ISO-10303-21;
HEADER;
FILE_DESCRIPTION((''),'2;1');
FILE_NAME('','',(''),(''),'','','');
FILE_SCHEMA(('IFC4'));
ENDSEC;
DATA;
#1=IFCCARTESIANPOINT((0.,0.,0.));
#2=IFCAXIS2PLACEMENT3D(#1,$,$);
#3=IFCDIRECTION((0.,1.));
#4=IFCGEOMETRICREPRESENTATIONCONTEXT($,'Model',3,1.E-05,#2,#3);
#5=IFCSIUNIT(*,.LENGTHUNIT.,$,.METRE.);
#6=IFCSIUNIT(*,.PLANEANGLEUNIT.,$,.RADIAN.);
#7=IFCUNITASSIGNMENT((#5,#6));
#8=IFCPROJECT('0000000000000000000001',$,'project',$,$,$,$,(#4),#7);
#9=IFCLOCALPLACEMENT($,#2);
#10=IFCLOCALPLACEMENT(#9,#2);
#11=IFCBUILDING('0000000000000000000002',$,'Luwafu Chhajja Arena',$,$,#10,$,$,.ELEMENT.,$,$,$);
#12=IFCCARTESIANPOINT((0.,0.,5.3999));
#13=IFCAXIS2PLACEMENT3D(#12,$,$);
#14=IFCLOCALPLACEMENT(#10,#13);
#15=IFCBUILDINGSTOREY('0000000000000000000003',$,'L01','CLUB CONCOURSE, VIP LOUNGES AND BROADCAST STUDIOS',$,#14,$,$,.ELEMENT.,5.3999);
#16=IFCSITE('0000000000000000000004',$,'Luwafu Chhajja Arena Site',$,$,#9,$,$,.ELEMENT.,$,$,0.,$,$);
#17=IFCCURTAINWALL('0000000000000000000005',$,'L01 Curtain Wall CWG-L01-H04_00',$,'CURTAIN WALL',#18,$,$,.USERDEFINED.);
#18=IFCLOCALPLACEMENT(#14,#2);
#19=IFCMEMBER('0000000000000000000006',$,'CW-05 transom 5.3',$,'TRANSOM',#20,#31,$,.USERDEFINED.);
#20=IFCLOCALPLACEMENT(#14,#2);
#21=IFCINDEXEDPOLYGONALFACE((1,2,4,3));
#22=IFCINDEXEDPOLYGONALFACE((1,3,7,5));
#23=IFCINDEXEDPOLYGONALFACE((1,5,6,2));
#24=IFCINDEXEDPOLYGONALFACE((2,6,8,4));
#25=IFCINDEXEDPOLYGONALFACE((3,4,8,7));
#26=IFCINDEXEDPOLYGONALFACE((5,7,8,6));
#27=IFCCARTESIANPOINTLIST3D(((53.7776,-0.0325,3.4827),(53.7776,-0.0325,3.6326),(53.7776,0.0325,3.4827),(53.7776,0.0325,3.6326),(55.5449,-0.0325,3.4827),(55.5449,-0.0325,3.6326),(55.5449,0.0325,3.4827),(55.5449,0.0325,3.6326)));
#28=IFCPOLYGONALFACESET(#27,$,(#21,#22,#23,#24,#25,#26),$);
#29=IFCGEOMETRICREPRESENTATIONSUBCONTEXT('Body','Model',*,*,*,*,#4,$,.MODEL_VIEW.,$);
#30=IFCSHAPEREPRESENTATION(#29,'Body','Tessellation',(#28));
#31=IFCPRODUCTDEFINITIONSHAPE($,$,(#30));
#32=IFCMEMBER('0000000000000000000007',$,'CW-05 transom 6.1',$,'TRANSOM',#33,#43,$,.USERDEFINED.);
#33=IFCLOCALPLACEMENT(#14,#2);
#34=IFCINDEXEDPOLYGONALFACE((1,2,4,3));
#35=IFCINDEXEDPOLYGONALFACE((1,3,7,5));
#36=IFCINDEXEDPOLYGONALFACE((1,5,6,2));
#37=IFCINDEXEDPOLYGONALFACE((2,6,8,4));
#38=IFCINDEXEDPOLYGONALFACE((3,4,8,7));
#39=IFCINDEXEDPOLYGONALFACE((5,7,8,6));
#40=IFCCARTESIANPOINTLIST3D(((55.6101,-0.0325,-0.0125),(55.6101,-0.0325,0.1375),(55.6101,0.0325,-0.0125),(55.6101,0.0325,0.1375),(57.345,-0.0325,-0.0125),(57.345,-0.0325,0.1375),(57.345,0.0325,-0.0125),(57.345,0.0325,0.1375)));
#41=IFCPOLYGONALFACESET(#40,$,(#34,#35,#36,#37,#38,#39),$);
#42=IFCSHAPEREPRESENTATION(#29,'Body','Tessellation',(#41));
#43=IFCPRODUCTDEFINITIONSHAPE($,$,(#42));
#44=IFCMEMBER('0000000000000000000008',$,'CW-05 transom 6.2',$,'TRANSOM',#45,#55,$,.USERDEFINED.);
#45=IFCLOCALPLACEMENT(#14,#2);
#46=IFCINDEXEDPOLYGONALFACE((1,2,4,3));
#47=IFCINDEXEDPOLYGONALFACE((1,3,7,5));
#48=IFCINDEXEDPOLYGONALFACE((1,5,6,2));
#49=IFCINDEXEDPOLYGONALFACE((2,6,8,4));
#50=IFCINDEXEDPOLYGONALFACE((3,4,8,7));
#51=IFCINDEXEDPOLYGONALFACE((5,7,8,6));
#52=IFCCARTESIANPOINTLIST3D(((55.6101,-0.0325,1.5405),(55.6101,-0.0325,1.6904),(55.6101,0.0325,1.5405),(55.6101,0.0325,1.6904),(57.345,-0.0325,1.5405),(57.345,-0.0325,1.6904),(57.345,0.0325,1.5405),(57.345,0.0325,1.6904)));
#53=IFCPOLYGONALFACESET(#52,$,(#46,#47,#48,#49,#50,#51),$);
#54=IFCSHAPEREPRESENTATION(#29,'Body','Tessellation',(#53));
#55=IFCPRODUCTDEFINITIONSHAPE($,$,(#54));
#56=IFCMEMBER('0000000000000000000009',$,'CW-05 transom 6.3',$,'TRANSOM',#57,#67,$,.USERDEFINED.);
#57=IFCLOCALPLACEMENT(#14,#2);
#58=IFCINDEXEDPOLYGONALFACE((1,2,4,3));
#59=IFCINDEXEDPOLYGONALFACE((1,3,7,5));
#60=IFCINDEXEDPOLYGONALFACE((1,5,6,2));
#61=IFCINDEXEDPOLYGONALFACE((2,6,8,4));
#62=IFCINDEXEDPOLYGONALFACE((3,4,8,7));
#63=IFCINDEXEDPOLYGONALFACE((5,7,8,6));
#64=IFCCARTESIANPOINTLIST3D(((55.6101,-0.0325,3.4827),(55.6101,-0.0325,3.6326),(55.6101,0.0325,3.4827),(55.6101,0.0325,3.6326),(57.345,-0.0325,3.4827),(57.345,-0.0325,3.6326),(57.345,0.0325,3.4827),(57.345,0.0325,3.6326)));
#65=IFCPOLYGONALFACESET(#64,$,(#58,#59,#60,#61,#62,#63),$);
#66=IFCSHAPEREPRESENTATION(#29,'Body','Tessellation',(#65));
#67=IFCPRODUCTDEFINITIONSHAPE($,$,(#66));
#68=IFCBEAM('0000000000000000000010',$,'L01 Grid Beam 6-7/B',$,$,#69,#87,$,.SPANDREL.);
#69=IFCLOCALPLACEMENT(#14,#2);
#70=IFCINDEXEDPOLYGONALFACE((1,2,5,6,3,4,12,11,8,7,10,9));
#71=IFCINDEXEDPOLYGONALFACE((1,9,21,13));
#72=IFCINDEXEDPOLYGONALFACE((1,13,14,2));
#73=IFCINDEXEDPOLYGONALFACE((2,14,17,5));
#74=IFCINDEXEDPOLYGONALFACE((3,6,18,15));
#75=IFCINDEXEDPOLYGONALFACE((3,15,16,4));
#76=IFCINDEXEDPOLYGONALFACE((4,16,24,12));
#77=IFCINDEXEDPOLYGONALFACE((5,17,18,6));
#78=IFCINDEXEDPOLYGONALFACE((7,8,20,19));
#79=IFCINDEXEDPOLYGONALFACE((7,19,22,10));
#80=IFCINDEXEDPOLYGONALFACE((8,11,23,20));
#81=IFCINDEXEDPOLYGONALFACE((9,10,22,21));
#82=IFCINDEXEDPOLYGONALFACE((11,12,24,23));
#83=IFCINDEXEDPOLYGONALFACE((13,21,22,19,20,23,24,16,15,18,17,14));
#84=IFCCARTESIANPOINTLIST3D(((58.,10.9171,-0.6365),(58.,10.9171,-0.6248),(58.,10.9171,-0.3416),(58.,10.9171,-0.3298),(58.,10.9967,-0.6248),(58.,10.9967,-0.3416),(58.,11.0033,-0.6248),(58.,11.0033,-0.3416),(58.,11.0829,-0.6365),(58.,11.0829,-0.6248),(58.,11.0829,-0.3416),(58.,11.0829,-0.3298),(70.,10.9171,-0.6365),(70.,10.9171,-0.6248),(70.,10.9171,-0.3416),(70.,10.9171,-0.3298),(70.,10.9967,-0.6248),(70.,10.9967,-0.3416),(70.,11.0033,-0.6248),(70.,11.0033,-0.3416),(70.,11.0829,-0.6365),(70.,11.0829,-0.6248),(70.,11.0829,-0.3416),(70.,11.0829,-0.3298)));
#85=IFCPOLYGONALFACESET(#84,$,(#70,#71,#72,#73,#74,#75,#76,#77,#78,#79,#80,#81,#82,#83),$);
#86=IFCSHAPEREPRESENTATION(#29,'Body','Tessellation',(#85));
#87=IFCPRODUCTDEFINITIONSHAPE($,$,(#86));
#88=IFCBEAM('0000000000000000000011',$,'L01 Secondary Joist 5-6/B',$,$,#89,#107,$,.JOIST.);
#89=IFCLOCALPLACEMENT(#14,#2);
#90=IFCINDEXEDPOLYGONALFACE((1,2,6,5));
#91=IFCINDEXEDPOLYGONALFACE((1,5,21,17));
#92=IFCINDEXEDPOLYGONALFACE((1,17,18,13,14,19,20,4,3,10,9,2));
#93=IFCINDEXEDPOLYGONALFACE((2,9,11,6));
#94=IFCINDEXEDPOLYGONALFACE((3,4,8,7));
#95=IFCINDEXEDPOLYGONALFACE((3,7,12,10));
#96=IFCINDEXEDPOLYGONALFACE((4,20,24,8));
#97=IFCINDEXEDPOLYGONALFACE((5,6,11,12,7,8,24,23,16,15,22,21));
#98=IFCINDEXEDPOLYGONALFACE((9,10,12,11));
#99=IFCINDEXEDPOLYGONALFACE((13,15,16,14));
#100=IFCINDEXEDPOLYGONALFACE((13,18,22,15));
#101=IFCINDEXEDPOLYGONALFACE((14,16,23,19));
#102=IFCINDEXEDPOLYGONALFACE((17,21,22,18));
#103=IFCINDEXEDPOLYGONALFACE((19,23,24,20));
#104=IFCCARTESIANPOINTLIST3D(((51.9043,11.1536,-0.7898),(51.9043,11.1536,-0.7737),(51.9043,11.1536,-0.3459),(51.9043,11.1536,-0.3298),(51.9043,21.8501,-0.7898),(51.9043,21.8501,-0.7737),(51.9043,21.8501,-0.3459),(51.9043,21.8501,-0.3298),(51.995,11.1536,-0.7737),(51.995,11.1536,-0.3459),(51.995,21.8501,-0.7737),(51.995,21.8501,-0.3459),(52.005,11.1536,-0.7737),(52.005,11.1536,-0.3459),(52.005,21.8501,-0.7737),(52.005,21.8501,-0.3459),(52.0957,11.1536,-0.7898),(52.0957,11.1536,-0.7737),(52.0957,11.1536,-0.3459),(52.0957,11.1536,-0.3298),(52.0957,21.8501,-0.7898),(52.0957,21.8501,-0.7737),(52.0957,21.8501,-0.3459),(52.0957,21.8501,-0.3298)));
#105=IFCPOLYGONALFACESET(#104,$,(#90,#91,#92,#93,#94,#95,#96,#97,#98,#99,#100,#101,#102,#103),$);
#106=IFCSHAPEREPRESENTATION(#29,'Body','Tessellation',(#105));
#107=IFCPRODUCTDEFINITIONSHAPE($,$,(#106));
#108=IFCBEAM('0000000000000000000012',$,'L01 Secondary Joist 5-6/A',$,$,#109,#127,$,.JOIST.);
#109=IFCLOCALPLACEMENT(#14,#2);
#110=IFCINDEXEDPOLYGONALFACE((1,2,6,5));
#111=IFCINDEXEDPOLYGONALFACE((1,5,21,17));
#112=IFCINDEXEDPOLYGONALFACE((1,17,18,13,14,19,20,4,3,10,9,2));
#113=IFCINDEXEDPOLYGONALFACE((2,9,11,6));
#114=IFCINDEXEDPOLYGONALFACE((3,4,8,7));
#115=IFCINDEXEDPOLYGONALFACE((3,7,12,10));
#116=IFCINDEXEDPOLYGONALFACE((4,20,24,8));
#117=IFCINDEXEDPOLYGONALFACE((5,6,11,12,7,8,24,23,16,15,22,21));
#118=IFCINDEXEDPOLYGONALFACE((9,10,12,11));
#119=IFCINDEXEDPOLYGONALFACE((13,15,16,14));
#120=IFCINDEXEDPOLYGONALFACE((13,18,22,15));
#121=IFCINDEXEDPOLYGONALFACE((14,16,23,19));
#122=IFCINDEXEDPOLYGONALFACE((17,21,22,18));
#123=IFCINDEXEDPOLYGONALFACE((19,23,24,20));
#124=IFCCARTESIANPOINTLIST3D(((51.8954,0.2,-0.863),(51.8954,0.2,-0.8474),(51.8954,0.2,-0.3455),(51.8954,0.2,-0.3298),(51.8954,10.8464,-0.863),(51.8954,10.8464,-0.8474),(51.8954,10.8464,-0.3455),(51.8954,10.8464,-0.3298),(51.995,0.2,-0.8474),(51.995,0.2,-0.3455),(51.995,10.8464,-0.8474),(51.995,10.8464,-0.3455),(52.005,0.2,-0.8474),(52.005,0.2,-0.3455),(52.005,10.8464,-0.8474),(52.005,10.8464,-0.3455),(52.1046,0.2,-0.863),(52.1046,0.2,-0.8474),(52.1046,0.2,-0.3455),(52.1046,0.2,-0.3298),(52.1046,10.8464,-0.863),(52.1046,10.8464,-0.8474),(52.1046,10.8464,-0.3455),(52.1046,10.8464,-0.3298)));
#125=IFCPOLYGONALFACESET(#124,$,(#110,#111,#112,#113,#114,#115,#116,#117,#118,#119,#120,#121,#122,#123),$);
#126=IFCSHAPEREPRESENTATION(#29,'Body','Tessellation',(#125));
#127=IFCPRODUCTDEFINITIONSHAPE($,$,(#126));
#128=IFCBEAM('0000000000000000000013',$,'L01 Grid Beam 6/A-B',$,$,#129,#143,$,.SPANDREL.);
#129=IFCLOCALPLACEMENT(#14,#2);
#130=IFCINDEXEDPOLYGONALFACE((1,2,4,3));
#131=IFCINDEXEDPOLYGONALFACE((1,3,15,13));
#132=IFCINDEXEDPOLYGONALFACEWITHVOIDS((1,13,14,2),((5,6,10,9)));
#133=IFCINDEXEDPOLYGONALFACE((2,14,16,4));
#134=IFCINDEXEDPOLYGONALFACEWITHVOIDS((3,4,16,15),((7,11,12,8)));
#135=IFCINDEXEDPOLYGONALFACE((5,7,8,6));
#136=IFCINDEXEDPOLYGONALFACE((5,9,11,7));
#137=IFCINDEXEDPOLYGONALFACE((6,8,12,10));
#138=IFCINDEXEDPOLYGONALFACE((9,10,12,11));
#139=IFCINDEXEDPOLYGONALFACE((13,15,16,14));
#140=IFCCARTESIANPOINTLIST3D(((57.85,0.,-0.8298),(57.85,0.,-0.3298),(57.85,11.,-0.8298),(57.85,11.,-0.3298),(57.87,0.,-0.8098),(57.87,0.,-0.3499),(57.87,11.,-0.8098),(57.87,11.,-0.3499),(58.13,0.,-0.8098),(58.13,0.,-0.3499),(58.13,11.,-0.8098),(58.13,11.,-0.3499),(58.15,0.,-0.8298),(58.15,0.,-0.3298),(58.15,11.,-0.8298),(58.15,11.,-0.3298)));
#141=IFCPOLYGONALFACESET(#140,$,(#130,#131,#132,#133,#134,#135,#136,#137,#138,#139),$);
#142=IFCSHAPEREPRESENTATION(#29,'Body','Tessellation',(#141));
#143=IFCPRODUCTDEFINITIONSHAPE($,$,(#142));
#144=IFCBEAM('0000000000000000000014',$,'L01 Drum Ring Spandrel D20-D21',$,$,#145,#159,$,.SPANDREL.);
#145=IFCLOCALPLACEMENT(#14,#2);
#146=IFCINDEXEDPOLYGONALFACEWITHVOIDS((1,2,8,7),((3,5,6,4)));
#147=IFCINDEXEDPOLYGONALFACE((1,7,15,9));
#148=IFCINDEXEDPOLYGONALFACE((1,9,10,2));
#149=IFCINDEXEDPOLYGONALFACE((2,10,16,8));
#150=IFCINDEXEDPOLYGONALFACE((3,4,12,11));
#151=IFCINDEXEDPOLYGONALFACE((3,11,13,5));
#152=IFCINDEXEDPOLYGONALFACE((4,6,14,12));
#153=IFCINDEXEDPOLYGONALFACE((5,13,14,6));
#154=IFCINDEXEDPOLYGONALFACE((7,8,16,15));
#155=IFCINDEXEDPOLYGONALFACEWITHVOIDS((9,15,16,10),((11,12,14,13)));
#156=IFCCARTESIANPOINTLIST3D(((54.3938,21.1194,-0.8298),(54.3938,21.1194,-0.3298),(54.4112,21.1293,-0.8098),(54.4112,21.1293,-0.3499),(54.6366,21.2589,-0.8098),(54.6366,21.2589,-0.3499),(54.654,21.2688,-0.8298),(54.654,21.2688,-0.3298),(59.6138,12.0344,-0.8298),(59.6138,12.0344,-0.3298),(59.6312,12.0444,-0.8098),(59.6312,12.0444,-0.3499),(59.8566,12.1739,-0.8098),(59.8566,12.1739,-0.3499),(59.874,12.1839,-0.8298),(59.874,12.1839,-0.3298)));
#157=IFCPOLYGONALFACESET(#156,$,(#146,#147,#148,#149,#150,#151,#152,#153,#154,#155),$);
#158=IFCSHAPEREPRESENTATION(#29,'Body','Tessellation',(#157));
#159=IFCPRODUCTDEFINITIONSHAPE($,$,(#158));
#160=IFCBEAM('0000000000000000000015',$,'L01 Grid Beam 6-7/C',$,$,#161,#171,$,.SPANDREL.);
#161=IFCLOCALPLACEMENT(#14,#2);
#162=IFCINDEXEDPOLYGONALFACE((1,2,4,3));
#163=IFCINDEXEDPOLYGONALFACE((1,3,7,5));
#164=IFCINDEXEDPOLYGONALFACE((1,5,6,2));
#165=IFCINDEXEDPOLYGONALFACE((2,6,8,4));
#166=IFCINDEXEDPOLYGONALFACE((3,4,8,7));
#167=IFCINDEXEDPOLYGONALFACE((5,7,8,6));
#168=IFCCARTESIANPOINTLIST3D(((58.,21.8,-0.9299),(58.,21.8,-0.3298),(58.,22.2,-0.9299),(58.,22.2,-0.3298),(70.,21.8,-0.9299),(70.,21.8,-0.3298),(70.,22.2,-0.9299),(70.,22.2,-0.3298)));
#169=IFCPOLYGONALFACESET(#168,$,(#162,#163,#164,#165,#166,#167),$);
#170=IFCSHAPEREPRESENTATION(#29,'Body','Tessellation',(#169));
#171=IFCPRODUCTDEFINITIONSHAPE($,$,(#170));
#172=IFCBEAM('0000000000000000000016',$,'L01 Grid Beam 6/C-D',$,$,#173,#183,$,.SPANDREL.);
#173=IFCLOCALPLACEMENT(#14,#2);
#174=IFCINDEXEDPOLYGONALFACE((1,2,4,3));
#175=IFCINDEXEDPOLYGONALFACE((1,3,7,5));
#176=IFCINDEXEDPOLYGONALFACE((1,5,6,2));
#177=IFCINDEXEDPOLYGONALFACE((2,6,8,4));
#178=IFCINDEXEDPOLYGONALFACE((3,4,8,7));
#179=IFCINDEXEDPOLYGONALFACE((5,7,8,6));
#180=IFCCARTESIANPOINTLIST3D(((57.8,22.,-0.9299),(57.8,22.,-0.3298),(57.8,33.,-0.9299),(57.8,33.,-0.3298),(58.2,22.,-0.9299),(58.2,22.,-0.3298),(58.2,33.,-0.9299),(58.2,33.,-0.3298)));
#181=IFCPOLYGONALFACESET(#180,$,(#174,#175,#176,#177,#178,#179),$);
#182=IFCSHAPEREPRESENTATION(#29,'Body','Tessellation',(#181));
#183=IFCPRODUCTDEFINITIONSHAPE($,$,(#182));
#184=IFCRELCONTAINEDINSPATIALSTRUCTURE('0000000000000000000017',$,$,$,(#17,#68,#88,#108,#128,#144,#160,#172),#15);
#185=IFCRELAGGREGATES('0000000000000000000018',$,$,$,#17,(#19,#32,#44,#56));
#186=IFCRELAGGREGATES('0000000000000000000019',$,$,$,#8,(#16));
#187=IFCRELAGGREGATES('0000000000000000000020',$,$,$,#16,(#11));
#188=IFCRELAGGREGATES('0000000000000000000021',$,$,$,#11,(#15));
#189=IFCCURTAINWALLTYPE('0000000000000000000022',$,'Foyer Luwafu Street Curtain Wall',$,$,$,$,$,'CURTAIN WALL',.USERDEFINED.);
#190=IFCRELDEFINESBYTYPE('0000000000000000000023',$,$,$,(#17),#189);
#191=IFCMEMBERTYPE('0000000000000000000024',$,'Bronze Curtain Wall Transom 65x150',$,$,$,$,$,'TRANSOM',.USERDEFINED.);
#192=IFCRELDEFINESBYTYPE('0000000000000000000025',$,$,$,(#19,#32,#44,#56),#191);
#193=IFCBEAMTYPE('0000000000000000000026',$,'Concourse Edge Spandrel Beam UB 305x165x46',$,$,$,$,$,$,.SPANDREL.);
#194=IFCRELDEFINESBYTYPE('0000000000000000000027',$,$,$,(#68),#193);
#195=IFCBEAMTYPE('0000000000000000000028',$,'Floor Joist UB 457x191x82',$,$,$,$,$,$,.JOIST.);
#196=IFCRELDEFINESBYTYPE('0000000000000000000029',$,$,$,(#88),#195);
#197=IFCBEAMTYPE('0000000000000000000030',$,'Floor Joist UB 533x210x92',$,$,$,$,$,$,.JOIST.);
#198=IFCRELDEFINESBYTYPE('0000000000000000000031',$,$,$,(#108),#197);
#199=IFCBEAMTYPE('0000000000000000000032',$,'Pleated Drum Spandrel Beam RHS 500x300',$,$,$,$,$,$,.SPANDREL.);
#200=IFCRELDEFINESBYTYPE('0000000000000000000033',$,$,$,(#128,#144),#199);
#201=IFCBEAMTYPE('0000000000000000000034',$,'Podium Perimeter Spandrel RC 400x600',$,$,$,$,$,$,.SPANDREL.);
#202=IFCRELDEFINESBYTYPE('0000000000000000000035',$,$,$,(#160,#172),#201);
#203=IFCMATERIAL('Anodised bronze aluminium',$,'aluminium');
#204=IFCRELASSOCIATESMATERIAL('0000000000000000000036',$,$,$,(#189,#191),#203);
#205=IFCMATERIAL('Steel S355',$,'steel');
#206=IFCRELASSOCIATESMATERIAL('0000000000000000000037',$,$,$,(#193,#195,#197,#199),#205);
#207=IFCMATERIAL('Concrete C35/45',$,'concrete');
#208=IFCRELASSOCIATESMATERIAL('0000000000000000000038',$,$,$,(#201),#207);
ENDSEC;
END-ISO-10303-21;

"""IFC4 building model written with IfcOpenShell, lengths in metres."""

from ifc_helpers import new_model, si_unit, direction, frame, origin, origin_2d, place, context, subcontext, project, spatial, rectangle, hollow_rectangle, i_section, extrude, material, material_profile, profile_set, type_object, element, aggregate, save


model = new_model("IFC4")

# Units and contexts
model_context = context("Model", 3, precision=1e-05, world=origin(), true_north=direction((0.0, 1.0)))
body_context = subcontext(model_context, "Body", "Model", "MODEL_VIEW")
ifc_project = project(units=[si_unit("LENGTHUNIT", "METRE"), si_unit("PLANEANGLEUNIT", "RADIAN")], contexts=[model_context])

# Site, building, storey
site_placement = place(None, origin())
site = spatial("IfcSite", under=ifc_project, at=site_placement, Name="Luwafu Chhajja Arena Site", CompositionType="ELEMENT", RefElevation=0.0)
building_placement = place(site_placement, origin())
building = spatial("IfcBuilding", under=site, at=building_placement, Name="Luwafu Chhajja Arena", CompositionType="ELEMENT")
storey_placement = place(building_placement, frame((0.0, 0.0, 5.3999)))
storey = spatial("IfcBuildingStorey", under=building, at=storey_placement, Name="L01", Description="CLUB CONCOURSE, VIP LOUNGES AND BROADCAST STUDIOS", CompositionType="ELEMENT", Elevation=5.3999)

# Shared definitions
ifc_material_1 = material(Name="Concrete C35/45", Category="concrete")
ifc_material_2 = material(Name="Steel S355", Category="steel")

# Curtain wall, members
ifc_material_3 = material(Name="Anodised bronze aluminium", Category="aluminium")
curtain_wall_type = type_object("IfcCurtainWallType", Name="Foyer Luwafu Street Curtain Wall", ElementType="CURTAIN WALL", PredefinedType="USERDEFINED", material=ifc_material_3)
curtain_wall_placement = place(storey_placement, origin())
curtain_wall = element("IfcCurtainWall", 1, at=curtain_wall_placement, inside=storey, type_object=curtain_wall_type, Name="L01 Curtain Wall CWG-L01-H04_00", ObjectType="CURTAIN WALL", PredefinedType="USERDEFINED")
ifc_material_profile_1 = material_profile(ifc_material_3, rectangle(XDim=0.0649, YDim=0.1499, at=origin_2d()), Name="CWT 65x150")
ifc_profile_set_1 = profile_set([ifc_material_profile_1], Name="Anodised bronze aluminium")
member_type_1 = type_object("IfcMemberType", Name="Bronze Curtain Wall Transom 65x150", ElementType="TRANSOM", PredefinedType="USERDEFINED", material=ifc_profile_set_1)
member_1_placement = place(storey_placement, frame((53.7776, 0.0, 3.5576), z_axis=(1.0, 0.0, 0.0), x_axis=(0.0, 1.0, 0.0)))
member_1 = element("IfcMember", 2, at=member_1_placement, type_object=member_type_1, Name="CW-05 transom 5.3", ObjectType="TRANSOM", PredefinedType="USERDEFINED", context=body_context, shape_type="SweptSolid", body=[
    extrude(rectangle(XDim=0.0649, YDim=0.1499, at=origin_2d()), origin(), (0.0, 0.0, 1.0), 1.7673),
])
member_2_placement = place(storey_placement, frame((55.6101, 0.0, 0.0625), z_axis=(1.0, 0.0, 0.0), x_axis=(0.0, 1.0, 0.0)))
member_2 = element("IfcMember", 3, at=member_2_placement, type_object=member_type_1, Name="CW-05 transom 6.1", ObjectType="TRANSOM", PredefinedType="USERDEFINED", context=body_context, shape_type="SweptSolid", body=[
    extrude(rectangle(XDim=0.0649, YDim=0.1499, at=origin_2d()), origin(), (0.0, 0.0, 1.0), 1.7349),
])
member_3_placement = place(storey_placement, frame((55.6101, 0.0, 1.6155), z_axis=(1.0, 0.0, 0.0), x_axis=(0.0, 1.0, 0.0)))
member_3 = element("IfcMember", 4, at=member_3_placement, type_object=member_type_1, Name="CW-05 transom 6.2", ObjectType="TRANSOM", PredefinedType="USERDEFINED", context=body_context, shape_type="SweptSolid", body=[
    extrude(rectangle(XDim=0.0649, YDim=0.1499, at=origin_2d()), origin(), (0.0, 0.0, 1.0), 1.7349),
])
member_4_placement = place(storey_placement, frame((55.6101, 0.0, 3.5576), z_axis=(1.0, 0.0, 0.0), x_axis=(0.0, 1.0, 0.0)))
member_4 = element("IfcMember", 5, at=member_4_placement, type_object=member_type_1, Name="CW-05 transom 6.3", ObjectType="TRANSOM", PredefinedType="USERDEFINED", context=body_context, shape_type="SweptSolid", body=[
    extrude(rectangle(XDim=0.0649, YDim=0.1499, at=origin_2d()), origin(), (0.0, 0.0, 1.0), 1.7349),
])

# Beams
ifc_material_profile_2 = material_profile(ifc_material_2, i_section(OverallWidth=0.1658, OverallDepth=0.3066, WebThickness=0.0066, FlangeThickness=0.0117, at=origin_2d()), Name="UB 305x165x46")
ifc_profile_set_2 = profile_set([ifc_material_profile_2], Name="Steel S355")
beam_type_1 = type_object("IfcBeamType", Name="Concourse Edge Spandrel Beam UB 305x165x46", PredefinedType="SPANDREL", material=ifc_profile_set_2)
beam_1_placement = place(storey_placement, frame((58.0, 11.0, -0.4832), z_axis=(1.0, 0.0, 0.0), x_axis=(0.0, 1.0, 0.0)))
element("IfcBeam", 6, at=beam_1_placement, inside=storey, type_object=beam_type_1, Name="L01 Grid Beam 6-7/B", PredefinedType="SPANDREL", context=body_context, shape_type="SweptSolid", body=[
    extrude(i_section(OverallWidth=0.1658, OverallDepth=0.3066, WebThickness=0.0066, FlangeThickness=0.0117, at=origin_2d()), origin(), (0.0, 0.0, 1.0), 12.0),
])
ifc_material_profile_3 = material_profile(ifc_material_2, i_section(OverallWidth=0.1914, OverallDepth=0.46, WebThickness=0.01, FlangeThickness=0.0161, at=origin_2d()), Name="UB 457x191x82")
ifc_profile_set_3 = profile_set([ifc_material_profile_3], Name="Steel S355")
beam_type_2 = type_object("IfcBeamType", Name="Floor Joist UB 457x191x82", PredefinedType="JOIST", material=ifc_profile_set_3)
beam_2_placement = place(storey_placement, frame((52.0, 11.1536, -0.5598), z_axis=(0.0, 1.0, 0.0), x_axis=(-1.0, 0.0, 0.0)))
element("IfcBeam", 7, at=beam_2_placement, inside=storey, type_object=beam_type_2, Name="L01 Secondary Joist 5-6/B", PredefinedType="JOIST", context=body_context, shape_type="SweptSolid", body=[
    extrude(i_section(OverallWidth=0.1914, OverallDepth=0.46, WebThickness=0.01, FlangeThickness=0.0161, at=origin_2d()), origin(), (0.0, 0.0, 1.0), 10.6965),
])
ifc_material_profile_4 = material_profile(ifc_material_2, i_section(OverallWidth=0.2092, OverallDepth=0.5332, WebThickness=0.01, FlangeThickness=0.0156, at=origin_2d()), Name="UB 533x210x92")
ifc_profile_set_4 = profile_set([ifc_material_profile_4], Name="Steel S355")
beam_type_3 = type_object("IfcBeamType", Name="Floor Joist UB 533x210x92", PredefinedType="JOIST", material=ifc_profile_set_4)
beam_3_placement = place(storey_placement, frame((52.0, 0.2, -0.5964), z_axis=(0.0, 1.0, 0.0), x_axis=(-1.0, 0.0, 0.0)))
element("IfcBeam", 8, at=beam_3_placement, inside=storey, type_object=beam_type_3, Name="L01 Secondary Joist 5-6/A", PredefinedType="JOIST", context=body_context, shape_type="SweptSolid", body=[
    extrude(i_section(OverallWidth=0.2092, OverallDepth=0.5332, WebThickness=0.01, FlangeThickness=0.0156, at=origin_2d()), origin(), (0.0, 0.0, 1.0), 10.6465),
])
ifc_material_profile_5 = material_profile(ifc_material_2, hollow_rectangle(XDim=0.3, YDim=0.5, WallThickness=0.02, at=origin_2d()), Name="RHS 500x300x20")
ifc_profile_set_5 = profile_set([ifc_material_profile_5], Name="Steel S355")
beam_type_4 = type_object("IfcBeamType", Name="Pleated Drum Spandrel Beam RHS 500x300", PredefinedType="SPANDREL", material=ifc_profile_set_5)
beam_4_placement = place(storey_placement, frame((58.0, 0.0, -0.5798), z_axis=(0.0, 1.0, 0.0), x_axis=(-1.0, 0.0, 0.0)))
element("IfcBeam", 9, at=beam_4_placement, inside=storey, type_object=beam_type_4, Name="L01 Grid Beam 6/A-B", PredefinedType="SPANDREL", context=body_context, shape_type="SweptSolid", body=[
    extrude(hollow_rectangle(XDim=0.3, YDim=0.5, WallThickness=0.02, at=origin_2d()), origin(), (0.0, 0.0, 1.0), 11.0),
])
beam_5_placement = place(storey_placement, frame((54.5239, 21.1941, -0.5798), z_axis=(0.498193, -0.867066, 0.0), x_axis=(0.867066, 0.498193, 0.0)))
element("IfcBeam", 10, at=beam_5_placement, inside=storey, type_object=beam_type_4, Name="L01 Drum Ring Spandrel D20-D21", PredefinedType="SPANDREL", context=body_context, shape_type="SweptSolid", body=[
    extrude(hollow_rectangle(XDim=0.3, YDim=0.5, WallThickness=0.02, at=origin_2d()), origin(), (0.0, 0.0, 1.0), 10.4778),
])
ifc_material_profile_6 = material_profile(ifc_material_1, rectangle(XDim=0.3999, YDim=0.6001, at=origin_2d()), Name="RC 400x600")
ifc_profile_set_6 = profile_set([ifc_material_profile_6], Name="Concrete C35/45")
beam_type_5 = type_object("IfcBeamType", Name="Podium Perimeter Spandrel RC 400x600", PredefinedType="SPANDREL", material=ifc_profile_set_6)
beam_6_placement = place(storey_placement, frame((58.0, 22.0, -0.6299), z_axis=(1.0, 0.0, 0.0), x_axis=(0.0, 1.0, 0.0)))
element("IfcBeam", 11, at=beam_6_placement, inside=storey, type_object=beam_type_5, Name="L01 Grid Beam 6-7/C", PredefinedType="SPANDREL", context=body_context, shape_type="SweptSolid", body=[
    extrude(rectangle(XDim=0.3999, YDim=0.6001, at=origin_2d()), origin(), (0.0, 0.0, 1.0), 12.0),
])
beam_7_placement = place(storey_placement, frame((58.0, 22.0, -0.6299), z_axis=(0.0, 1.0, 0.0), x_axis=(-1.0, 0.0, 0.0)))
element("IfcBeam", 12, at=beam_7_placement, inside=storey, type_object=beam_type_5, Name="L01 Grid Beam 6/C-D", PredefinedType="SPANDREL", context=body_context, shape_type="SweptSolid", body=[
    extrude(rectangle(XDim=0.3999, YDim=0.6001, at=origin_2d()), origin(), (0.0, 0.0, 1.0), 11.0),
])

aggregate(curtain_wall, [member_1, member_2, member_3, member_4])

save(model, "model.ifc")
